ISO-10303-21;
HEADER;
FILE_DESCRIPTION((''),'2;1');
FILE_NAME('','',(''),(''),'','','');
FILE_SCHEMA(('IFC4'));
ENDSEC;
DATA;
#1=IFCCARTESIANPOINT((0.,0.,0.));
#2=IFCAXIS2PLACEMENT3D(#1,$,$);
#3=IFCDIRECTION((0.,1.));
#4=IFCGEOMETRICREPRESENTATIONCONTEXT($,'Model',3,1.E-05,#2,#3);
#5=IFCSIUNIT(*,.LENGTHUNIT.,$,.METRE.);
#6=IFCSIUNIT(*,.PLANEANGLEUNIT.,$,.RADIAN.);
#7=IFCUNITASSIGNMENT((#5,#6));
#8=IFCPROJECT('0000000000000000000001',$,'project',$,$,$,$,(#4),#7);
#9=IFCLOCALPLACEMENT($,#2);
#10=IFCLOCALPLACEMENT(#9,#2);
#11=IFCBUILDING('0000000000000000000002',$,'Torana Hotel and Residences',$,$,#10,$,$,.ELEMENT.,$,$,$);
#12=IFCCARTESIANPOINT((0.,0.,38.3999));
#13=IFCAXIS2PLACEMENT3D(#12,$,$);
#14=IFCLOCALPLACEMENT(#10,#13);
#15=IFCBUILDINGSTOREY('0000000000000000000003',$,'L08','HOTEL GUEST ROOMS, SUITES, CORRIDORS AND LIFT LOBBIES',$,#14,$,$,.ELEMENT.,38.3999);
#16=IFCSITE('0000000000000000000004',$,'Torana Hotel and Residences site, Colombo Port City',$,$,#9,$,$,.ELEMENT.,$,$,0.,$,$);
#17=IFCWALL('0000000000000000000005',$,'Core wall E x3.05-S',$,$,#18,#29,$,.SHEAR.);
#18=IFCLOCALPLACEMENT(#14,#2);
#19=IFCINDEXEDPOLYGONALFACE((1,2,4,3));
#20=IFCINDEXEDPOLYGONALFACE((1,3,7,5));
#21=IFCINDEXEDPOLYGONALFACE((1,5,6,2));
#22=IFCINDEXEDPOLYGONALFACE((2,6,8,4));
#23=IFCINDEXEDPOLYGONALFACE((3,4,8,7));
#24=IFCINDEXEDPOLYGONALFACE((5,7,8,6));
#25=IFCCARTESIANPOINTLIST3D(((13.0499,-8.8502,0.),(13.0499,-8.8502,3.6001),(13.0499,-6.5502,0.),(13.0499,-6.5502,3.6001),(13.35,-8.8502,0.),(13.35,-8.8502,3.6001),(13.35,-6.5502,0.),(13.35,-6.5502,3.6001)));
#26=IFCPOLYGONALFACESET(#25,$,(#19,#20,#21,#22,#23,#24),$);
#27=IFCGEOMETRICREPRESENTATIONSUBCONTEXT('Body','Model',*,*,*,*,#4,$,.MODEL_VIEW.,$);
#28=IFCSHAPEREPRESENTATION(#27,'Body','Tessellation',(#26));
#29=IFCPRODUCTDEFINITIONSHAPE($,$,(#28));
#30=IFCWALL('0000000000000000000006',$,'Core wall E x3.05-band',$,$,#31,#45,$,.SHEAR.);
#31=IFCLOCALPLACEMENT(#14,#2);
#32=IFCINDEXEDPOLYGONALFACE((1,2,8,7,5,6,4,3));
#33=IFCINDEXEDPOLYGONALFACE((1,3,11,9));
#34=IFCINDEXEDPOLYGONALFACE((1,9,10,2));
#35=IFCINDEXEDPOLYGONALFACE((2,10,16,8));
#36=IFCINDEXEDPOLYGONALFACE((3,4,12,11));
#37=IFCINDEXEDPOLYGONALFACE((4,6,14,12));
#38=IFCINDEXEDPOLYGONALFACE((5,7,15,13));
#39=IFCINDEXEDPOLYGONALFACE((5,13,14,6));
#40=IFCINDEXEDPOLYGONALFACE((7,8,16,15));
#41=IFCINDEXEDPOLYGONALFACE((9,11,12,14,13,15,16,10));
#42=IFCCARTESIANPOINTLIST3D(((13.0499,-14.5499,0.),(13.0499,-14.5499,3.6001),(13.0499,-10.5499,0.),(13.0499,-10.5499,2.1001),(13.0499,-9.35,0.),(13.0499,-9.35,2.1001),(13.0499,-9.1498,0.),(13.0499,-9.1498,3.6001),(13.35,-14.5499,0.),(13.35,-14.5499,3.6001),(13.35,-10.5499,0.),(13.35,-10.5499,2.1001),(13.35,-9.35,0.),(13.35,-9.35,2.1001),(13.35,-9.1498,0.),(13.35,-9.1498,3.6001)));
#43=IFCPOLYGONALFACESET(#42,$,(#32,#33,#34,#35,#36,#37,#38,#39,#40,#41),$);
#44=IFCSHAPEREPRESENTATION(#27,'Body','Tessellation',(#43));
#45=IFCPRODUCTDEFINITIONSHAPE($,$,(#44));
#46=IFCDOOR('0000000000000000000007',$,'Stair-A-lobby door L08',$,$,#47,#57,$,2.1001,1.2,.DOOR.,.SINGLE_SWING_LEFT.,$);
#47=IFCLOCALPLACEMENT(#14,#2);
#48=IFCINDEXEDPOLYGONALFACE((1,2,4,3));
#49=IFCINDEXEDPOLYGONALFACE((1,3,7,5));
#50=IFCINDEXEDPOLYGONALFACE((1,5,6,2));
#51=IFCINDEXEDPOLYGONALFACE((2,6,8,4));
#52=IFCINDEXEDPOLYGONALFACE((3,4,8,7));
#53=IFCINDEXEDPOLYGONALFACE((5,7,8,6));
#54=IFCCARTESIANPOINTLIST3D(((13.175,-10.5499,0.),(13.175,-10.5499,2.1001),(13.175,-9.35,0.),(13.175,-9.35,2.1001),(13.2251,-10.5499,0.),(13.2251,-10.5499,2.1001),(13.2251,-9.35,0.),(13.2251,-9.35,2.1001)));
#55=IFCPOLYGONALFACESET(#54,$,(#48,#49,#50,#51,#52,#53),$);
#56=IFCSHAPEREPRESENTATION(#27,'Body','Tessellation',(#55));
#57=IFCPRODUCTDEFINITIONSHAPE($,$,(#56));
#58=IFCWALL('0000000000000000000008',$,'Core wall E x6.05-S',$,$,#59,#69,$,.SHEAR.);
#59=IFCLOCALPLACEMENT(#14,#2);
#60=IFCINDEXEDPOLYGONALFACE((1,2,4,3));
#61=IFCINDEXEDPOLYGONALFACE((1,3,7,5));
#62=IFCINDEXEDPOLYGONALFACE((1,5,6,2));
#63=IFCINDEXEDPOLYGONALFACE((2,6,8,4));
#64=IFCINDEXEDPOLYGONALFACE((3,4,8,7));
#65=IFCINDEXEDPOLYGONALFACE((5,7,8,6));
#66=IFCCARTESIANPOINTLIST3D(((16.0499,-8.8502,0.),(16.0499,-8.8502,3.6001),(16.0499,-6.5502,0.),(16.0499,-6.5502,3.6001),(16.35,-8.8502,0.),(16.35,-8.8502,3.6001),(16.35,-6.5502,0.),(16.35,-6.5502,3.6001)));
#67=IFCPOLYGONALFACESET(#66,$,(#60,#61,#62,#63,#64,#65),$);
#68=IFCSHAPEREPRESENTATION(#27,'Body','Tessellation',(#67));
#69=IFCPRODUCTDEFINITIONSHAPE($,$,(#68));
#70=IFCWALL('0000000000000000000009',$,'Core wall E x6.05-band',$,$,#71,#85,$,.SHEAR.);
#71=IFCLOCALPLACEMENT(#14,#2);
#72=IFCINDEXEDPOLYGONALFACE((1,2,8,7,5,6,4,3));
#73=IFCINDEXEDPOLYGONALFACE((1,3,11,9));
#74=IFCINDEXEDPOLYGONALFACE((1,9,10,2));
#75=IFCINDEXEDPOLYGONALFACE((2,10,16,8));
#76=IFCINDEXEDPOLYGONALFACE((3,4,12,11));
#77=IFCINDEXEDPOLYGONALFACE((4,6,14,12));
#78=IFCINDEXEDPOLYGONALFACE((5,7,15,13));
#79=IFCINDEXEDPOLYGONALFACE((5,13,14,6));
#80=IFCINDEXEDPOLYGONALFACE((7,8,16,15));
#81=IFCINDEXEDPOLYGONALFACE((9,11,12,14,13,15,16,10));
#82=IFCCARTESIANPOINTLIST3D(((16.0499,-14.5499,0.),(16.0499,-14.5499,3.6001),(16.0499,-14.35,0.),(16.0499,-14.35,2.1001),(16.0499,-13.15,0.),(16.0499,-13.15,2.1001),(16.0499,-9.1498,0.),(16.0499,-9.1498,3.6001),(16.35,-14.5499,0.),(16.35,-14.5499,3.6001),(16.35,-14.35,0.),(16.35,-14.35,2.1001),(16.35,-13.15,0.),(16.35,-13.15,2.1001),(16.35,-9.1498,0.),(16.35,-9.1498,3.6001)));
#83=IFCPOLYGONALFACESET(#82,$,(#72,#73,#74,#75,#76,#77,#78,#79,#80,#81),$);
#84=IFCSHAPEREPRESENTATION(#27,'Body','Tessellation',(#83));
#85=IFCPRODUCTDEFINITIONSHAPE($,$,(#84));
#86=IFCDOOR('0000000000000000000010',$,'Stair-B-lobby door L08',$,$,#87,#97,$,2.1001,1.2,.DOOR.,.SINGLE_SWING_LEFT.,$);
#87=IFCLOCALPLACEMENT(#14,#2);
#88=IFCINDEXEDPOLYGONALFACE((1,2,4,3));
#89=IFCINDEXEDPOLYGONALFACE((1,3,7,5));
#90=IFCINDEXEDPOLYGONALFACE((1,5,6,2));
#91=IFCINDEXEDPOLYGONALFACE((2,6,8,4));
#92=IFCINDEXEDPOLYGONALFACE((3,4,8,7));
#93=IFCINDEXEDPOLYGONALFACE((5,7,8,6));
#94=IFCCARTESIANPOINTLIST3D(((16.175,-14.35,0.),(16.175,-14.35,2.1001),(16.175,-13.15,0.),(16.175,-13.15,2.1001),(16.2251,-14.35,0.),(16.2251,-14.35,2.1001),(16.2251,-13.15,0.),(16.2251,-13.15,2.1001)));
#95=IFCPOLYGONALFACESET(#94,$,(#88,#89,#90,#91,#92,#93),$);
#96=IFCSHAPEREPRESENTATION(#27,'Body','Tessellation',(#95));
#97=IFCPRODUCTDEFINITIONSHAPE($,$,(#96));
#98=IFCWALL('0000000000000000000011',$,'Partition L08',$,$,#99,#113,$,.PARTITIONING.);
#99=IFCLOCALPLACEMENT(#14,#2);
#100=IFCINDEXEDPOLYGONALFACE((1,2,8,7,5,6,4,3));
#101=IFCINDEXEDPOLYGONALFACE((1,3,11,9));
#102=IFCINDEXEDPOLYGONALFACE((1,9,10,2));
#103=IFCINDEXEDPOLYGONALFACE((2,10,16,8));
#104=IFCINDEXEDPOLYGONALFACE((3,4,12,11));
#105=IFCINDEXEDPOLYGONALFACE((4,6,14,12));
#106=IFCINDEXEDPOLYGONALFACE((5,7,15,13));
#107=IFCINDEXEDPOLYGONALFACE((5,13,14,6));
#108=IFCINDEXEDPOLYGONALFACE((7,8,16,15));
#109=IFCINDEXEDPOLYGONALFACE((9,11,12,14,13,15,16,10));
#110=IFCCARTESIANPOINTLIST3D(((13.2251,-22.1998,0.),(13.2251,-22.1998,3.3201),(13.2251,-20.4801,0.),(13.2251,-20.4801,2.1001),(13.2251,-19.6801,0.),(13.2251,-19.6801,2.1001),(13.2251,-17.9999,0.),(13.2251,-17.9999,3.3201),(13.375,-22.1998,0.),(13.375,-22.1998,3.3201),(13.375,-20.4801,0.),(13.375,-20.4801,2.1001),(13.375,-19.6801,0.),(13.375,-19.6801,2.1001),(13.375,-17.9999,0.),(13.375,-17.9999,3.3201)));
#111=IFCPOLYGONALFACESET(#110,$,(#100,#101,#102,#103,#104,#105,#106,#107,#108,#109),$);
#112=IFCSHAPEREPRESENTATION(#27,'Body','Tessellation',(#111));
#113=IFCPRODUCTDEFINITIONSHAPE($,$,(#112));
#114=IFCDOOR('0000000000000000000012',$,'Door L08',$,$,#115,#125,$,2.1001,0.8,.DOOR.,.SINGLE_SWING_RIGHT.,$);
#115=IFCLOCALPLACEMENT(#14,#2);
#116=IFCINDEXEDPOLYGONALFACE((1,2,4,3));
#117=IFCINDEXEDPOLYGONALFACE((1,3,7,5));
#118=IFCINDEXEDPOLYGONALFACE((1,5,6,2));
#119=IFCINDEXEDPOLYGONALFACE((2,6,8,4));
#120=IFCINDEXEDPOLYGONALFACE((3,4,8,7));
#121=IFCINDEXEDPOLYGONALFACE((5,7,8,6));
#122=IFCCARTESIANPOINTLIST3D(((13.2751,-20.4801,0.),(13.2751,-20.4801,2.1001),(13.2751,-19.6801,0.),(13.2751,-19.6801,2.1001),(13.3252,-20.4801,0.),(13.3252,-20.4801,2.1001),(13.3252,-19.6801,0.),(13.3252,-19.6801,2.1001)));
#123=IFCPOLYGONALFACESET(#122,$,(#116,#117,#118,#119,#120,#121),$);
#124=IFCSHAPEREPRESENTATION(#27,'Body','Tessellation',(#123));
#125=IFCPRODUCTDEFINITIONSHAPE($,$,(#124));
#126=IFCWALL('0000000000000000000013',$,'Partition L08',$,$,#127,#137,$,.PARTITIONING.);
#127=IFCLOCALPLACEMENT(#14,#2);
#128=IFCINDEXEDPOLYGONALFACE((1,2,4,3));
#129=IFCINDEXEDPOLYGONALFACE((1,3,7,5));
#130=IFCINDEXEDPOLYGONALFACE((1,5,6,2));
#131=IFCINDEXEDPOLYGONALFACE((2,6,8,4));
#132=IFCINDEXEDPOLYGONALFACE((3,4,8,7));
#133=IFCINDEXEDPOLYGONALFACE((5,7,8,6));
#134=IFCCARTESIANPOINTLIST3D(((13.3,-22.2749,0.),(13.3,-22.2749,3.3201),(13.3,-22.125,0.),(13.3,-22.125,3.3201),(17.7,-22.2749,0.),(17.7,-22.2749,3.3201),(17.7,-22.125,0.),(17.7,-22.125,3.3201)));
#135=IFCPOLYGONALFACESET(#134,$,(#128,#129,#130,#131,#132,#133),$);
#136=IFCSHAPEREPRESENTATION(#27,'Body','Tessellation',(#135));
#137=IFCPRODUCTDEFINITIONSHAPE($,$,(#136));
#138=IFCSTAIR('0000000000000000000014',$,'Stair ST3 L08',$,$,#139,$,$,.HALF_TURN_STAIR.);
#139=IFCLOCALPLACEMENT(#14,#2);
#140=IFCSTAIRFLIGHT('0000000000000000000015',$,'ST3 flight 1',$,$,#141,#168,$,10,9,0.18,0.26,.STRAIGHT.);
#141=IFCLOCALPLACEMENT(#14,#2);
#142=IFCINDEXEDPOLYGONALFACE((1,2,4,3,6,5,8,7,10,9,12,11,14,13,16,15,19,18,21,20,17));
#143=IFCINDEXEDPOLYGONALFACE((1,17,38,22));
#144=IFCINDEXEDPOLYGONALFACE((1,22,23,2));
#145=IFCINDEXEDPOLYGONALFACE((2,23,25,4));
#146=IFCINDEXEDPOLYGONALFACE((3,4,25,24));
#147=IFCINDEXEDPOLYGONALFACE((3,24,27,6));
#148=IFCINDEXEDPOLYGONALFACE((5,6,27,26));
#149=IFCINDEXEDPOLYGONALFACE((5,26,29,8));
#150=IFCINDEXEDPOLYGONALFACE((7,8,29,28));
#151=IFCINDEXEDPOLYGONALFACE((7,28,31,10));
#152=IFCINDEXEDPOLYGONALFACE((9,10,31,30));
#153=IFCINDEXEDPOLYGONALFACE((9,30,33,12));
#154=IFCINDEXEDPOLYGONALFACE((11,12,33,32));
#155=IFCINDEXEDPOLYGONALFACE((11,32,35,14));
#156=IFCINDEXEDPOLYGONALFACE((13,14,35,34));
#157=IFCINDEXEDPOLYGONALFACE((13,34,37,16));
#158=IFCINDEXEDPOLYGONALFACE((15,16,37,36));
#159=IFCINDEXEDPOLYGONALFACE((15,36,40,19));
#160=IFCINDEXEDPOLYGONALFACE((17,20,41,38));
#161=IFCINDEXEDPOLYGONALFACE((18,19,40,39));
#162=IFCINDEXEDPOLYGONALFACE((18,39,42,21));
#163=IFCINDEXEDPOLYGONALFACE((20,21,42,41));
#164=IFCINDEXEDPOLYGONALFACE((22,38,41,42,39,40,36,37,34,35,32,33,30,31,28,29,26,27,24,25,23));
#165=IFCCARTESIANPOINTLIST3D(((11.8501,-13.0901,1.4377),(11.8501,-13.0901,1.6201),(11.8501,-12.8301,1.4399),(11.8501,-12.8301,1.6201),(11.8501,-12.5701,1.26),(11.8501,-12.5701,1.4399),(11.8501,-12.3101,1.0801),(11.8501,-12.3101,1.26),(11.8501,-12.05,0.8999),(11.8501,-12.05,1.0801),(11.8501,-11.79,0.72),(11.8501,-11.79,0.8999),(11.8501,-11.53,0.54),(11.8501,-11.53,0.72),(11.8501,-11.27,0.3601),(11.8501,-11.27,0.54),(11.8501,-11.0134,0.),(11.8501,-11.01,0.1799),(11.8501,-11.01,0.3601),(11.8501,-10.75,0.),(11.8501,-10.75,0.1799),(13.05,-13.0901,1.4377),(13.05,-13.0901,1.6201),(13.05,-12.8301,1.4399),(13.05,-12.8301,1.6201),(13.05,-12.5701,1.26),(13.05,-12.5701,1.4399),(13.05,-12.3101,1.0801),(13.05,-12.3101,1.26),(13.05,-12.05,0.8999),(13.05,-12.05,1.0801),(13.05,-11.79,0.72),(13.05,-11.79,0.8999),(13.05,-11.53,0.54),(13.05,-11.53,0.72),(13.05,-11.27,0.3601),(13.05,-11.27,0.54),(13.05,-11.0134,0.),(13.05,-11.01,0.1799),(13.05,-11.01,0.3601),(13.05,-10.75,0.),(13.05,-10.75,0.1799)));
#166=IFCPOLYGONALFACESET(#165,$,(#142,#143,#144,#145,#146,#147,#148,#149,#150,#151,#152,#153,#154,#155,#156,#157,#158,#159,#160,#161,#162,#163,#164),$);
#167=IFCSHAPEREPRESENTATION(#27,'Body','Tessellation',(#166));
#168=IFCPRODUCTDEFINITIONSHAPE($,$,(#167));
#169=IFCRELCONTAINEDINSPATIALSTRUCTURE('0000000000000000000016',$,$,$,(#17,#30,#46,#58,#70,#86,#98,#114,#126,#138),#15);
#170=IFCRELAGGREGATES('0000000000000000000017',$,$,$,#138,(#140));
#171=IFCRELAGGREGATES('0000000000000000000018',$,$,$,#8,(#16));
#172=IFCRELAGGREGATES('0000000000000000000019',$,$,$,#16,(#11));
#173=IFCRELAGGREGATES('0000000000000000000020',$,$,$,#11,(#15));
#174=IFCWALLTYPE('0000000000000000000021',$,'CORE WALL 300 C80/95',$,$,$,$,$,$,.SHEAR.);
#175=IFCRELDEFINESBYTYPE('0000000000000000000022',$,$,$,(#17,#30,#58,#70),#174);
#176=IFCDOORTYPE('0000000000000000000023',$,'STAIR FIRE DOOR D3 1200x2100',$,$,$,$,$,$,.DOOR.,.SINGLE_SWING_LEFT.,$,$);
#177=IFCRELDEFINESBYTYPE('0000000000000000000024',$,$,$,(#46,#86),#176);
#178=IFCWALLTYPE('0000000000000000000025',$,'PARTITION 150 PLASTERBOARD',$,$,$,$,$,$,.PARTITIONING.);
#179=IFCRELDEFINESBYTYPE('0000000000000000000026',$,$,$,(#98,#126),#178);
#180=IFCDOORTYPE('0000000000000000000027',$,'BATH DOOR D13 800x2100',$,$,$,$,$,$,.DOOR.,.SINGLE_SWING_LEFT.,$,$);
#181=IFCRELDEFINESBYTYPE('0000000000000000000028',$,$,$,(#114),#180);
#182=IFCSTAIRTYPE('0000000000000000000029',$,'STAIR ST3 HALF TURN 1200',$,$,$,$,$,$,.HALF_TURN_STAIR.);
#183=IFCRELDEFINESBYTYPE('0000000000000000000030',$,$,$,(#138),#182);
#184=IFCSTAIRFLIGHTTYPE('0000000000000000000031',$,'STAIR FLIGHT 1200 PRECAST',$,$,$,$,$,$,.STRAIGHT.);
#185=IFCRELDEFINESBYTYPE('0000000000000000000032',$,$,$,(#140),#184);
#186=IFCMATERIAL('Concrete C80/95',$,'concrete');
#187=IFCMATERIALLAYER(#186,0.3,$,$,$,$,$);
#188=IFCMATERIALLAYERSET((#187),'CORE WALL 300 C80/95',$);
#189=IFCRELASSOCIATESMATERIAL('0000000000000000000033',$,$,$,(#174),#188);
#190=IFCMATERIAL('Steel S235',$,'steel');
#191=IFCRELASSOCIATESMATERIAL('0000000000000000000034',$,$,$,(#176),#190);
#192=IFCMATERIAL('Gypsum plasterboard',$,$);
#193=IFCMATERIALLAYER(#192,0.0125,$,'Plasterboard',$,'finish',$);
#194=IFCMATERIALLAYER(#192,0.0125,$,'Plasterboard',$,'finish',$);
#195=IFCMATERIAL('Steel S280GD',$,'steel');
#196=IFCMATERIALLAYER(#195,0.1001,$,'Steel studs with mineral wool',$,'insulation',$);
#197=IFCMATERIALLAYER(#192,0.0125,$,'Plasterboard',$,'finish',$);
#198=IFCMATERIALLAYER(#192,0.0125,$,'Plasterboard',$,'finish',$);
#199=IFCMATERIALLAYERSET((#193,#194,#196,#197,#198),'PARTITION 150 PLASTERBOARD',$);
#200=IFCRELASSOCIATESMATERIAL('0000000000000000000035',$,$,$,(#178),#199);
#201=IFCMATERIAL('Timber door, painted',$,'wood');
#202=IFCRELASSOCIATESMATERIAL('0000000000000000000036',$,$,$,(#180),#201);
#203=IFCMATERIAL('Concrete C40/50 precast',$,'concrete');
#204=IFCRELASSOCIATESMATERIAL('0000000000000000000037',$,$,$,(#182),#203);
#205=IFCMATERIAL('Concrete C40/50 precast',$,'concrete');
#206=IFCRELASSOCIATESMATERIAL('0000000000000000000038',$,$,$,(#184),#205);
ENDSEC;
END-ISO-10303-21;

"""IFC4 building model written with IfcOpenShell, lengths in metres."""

from ifc_helpers import new_model, si_unit, direction, frame, frame_2d, origin, place, context, subcontext, project, spatial, polyline, rectangle, outline, extrude, material, layer, layer_set, type_object, element, fill, aggregate, save


model = new_model("IFC4")

# Units and contexts
model_context = context("Model", 3, precision=1e-05, world=origin(), true_north=direction((0.0, 1.0)))
body_context = subcontext(model_context, "Body", "Model", "MODEL_VIEW")
ifc_project = project(units=[si_unit("LENGTHUNIT", "METRE"), si_unit("PLANEANGLEUNIT", "RADIAN")], contexts=[model_context])

# Site, building, storey
site_placement = place(None, origin())
site = spatial("IfcSite", under=ifc_project, at=site_placement, Name="Torana Hotel and Residences site, Colombo Port City", CompositionType="ELEMENT", RefElevation=0.0)
building_placement = place(site_placement, origin())
building = spatial("IfcBuilding", under=site, at=building_placement, Name="Torana Hotel and Residences", CompositionType="ELEMENT")
storey_placement = place(building_placement, frame((0.0, 0.0, 38.3999)))
storey = spatial("IfcBuildingStorey", under=building, at=storey_placement, Name="L08", Description="HOTEL GUEST ROOMS, SUITES, CORRIDORS AND LIFT LOBBIES", CompositionType="ELEMENT", Elevation=38.3999)

# Wall
ifc_material_1 = material(Name="Concrete C80/95", Category="concrete")
ifc_layer_1 = layer(ifc_material_1, 0.3)
ifc_layer_set_1 = layer_set([ifc_layer_1], Name="CORE WALL 300 C80/95")
wall_type_1 = type_object("IfcWallType", Name="CORE WALL 300 C80/95", PredefinedType="SHEAR", material=ifc_layer_set_1)
wall_1_placement = place(storey_placement, frame((13.2, -8.8501, 0.0), z_axis=(0.0, 0.0, 1.0), x_axis=(0.0, 1.0, 0.0)))
element("IfcWall", 1, at=wall_1_placement, inside=storey, type_object=wall_type_1, Name="Core wall E x3.05-S", PredefinedType="SHEAR", context=body_context, shape_type="SweptSolid", body=[
    extrude(rectangle(XDim=2.3, YDim=0.3, at=frame_2d((1.1499, 0.0))), origin(), (0.0, 0.0, 1.0), 3.6001),
])

# Wall, opening, door
wall_2_placement = place(storey_placement, frame((13.2, -14.55, 0.0), z_axis=(0.0, 0.0, 1.0), x_axis=(0.0, 1.0, 0.0)))
wall_2 = element("IfcWall", 2, at=wall_2_placement, inside=storey, type_object=wall_type_1, Name="Core wall E x3.05-band", PredefinedType="SHEAR", context=body_context, shape_type="SweptSolid", body=[
    extrude(rectangle(XDim=5.4001, YDim=0.3, at=frame_2d((2.7002, 0.0))), origin(), (0.0, 0.0, 1.0), 3.6001),
])
opening_1_placement = place(wall_2_placement, frame((4.0, 0.0, 0.0)))
opening_1 = element("IfcOpeningElement", 3, at=opening_1_placement, cuts=wall_2, PredefinedType="OPENING", context=body_context, shape_type="SweptSolid", body=[
    extrude(rectangle(XDim=1.2, YDim=2.1001, at=frame_2d((0.6001, 1.05))), frame((0.0, 0.1599, 0.0), z_axis=(0.0, -1.0, 0.0), x_axis=(1.0, 0.0, 0.0)), (0.0, 0.0, 1.0), 0.3201),
])
ifc_material_2 = material(Name="Steel S235", Category="steel")
door_type_1 = type_object("IfcDoorType", Name="STAIR FIRE DOOR D3 1200x2100", OperationType="SINGLE_SWING_LEFT", PredefinedType="DOOR", material=ifc_material_2)
door_1_placement = place(opening_1_placement, origin())
door_1 = element("IfcDoor", 4, at=door_1_placement, inside=storey, type_object=door_type_1, Name="Stair-A-lobby door L08", OperationType="SINGLE_SWING_LEFT", OverallHeight=2.1001, OverallWidth=1.2, PredefinedType="DOOR", context=body_context, shape_type="SweptSolid", body=[
    extrude(rectangle(XDim=1.2, YDim=2.1001, at=frame_2d((0.6001, 1.05))), frame((0.0, 0.0249, 0.0), z_axis=(0.0, -1.0, 0.0), x_axis=(1.0, 0.0, 0.0)), (0.0, 0.0, 1.0), 0.05),
])
fill(opening_1, door_1)

# Wall
wall_3_placement = place(storey_placement, frame((16.2, -8.8501, 0.0), z_axis=(0.0, 0.0, 1.0), x_axis=(0.0, 1.0, 0.0)))
element("IfcWall", 5, at=wall_3_placement, inside=storey, type_object=wall_type_1, Name="Core wall E x6.05-S", PredefinedType="SHEAR", context=body_context, shape_type="SweptSolid", body=[
    extrude(rectangle(XDim=2.3, YDim=0.3, at=frame_2d((1.1499, 0.0))), origin(), (0.0, 0.0, 1.0), 3.6001),
])

# Walls, openings, doors
wall_4_placement = place(storey_placement, frame((16.2, -14.55, 0.0), z_axis=(0.0, 0.0, 1.0), x_axis=(0.0, 1.0, 0.0)))
wall_4 = element("IfcWall", 6, at=wall_4_placement, inside=storey, type_object=wall_type_1, Name="Core wall E x6.05-band", PredefinedType="SHEAR", context=body_context, shape_type="SweptSolid", body=[
    extrude(rectangle(XDim=5.4001, YDim=0.3, at=frame_2d((2.7002, 0.0))), origin(), (0.0, 0.0, 1.0), 3.6001),
])
opening_2_placement = place(wall_4_placement, frame((0.2, 0.0, 0.0)))
opening_2 = element("IfcOpeningElement", 7, at=opening_2_placement, cuts=wall_4, PredefinedType="OPENING", context=body_context, shape_type="SweptSolid", body=[
    extrude(rectangle(XDim=1.2, YDim=2.1001, at=frame_2d((0.6001, 1.05))), frame((0.0, 0.1599, 0.0), z_axis=(0.0, -1.0, 0.0), x_axis=(1.0, 0.0, 0.0)), (0.0, 0.0, 1.0), 0.3201),
])
door_2_placement = place(opening_2_placement, frame((0.6001, 0.0, 0.0), z_axis=(0.0, 0.0, 1.0), x_axis=(-1.0, 0.0, 0.0)))
door_2 = element("IfcDoor", 8, at=door_2_placement, inside=storey, type_object=door_type_1, Name="Stair-B-lobby door L08", OperationType="SINGLE_SWING_LEFT", OverallHeight=2.1001, OverallWidth=1.2, PredefinedType="DOOR", context=body_context, shape_type="SweptSolid", body=[
    extrude(rectangle(XDim=1.2, YDim=2.1001, at=frame_2d((0.0, 1.05))), frame((0.0, -0.0249, 0.0), z_axis=(0.0, 1.0, 0.0), x_axis=(-1.0, 0.0, 0.0)), (0.0, 0.0, 1.0), 0.05),
])
fill(opening_2, door_2)
ifc_material_3 = material(Name="Gypsum plasterboard")
ifc_layer_2 = layer(ifc_material_3, 0.0125, Name="Plasterboard", Category="finish")
ifc_layer_3 = layer(ifc_material_3, 0.0125, Name="Plasterboard", Category="finish")
ifc_material_4 = material(Name="Steel S280GD", Category="steel")
ifc_layer_4 = layer(ifc_material_4, 0.1001, Name="Steel studs with mineral wool", Category="insulation")
ifc_layer_5 = layer(ifc_material_3, 0.0125, Name="Plasterboard", Category="finish")
ifc_layer_6 = layer(ifc_material_3, 0.0125, Name="Plasterboard", Category="finish")
ifc_layer_set_2 = layer_set([ifc_layer_2, ifc_layer_3, ifc_layer_4, ifc_layer_5, ifc_layer_6], Name="PARTITION 150 PLASTERBOARD")
wall_type_2 = type_object("IfcWallType", Name="PARTITION 150 PLASTERBOARD", PredefinedType="PARTITIONING", material=ifc_layer_set_2)
wall_5_placement = place(storey_placement, frame((13.3, -22.2, 0.0), z_axis=(0.0, 0.0, 1.0), x_axis=(0.0, 1.0, 0.0)))
wall_5 = element("IfcWall", 9, at=wall_5_placement, inside=storey, type_object=wall_type_2, Name="Partition L08", PredefinedType="PARTITIONING", context=body_context, shape_type="SweptSolid", body=[
    extrude(rectangle(XDim=4.2, YDim=0.1499, at=frame_2d((2.1001, 0.0))), origin(), (0.0, 0.0, 1.0), 3.3201),
])
opening_3_placement = place(wall_5_placement, frame((1.72, 0.0, 0.0)))
opening_3 = element("IfcOpeningElement", 10, at=opening_3_placement, cuts=wall_5, PredefinedType="OPENING", context=body_context, shape_type="SweptSolid", body=[
    extrude(rectangle(XDim=0.8, YDim=2.1001, at=frame_2d((0.3999, 1.05))), frame((0.0, 0.085, 0.0), z_axis=(0.0, -1.0, 0.0), x_axis=(1.0, 0.0, 0.0)), (0.0, 0.0, 1.0), 0.1699),
])
ifc_material_5 = material(Name="Timber door, painted", Category="wood")
door_type_2 = type_object("IfcDoorType", Name="BATH DOOR D13 800x2100", OperationType="SINGLE_SWING_LEFT", PredefinedType="DOOR", material=ifc_material_5)
door_3_placement = place(opening_3_placement, origin())
door_3 = element("IfcDoor", 11, at=door_3_placement, inside=storey, type_object=door_type_2, Name="Door L08", OperationType="SINGLE_SWING_RIGHT", OverallHeight=2.1001, OverallWidth=0.8, PredefinedType="DOOR", context=body_context, shape_type="SweptSolid", body=[
    extrude(rectangle(XDim=0.8, YDim=2.1001, at=frame_2d((0.3999, 1.05))), frame((0.0, 0.0249, 0.0), z_axis=(0.0, -1.0, 0.0), x_axis=(1.0, 0.0, 0.0)), (0.0, 0.0, 1.0), 0.05),
])
fill(opening_3, door_3)

# Wall
wall_6_placement = place(storey_placement, frame((13.3, -22.2, 0.0), z_axis=(0.0, 0.0, 1.0), x_axis=(1.0, 0.0, 0.0)))
element("IfcWall", 12, at=wall_6_placement, inside=storey, type_object=wall_type_2, Name="Partition L08", PredefinedType="PARTITIONING", context=body_context, shape_type="SweptSolid", body=[
    extrude(rectangle(XDim=4.3999, YDim=0.1499, at=frame_2d((2.2, 0.0))), origin(), (0.0, 0.0, 1.0), 3.3201),
])

# Stair, stair flight
ifc_material_6 = material(Name="Concrete C40/50 precast", Category="concrete")
stair_type = type_object("IfcStairType", Name="STAIR ST3 HALF TURN 1200", PredefinedType="HALF_TURN_STAIR", material=ifc_material_6)
stair_placement = place(storey_placement, origin())
stair = element("IfcStair", 13, at=stair_placement, inside=storey, type_object=stair_type, Name="Stair ST3 L08", PredefinedType="HALF_TURN_STAIR")
ifc_material_7 = material(Name="Concrete C40/50 precast", Category="concrete")
stair_flight_type = type_object("IfcStairFlightType", Name="STAIR FLIGHT 1200 PRECAST", PredefinedType="STRAIGHT", material=ifc_material_7)
stair_flight_placement = place(storey_placement, frame((12.45, -10.75, 0.0), z_axis=(0.0, 0.0, 1.0), x_axis=(0.0, -1.0, 0.0)))
stair_flight = element("IfcStairFlight", 14, at=stair_flight_placement, type_object=stair_flight_type, Name="ST3 flight 1", NumberOfRisers=10, NumberOfTreads=9, PredefinedType="STRAIGHT", RiserHeight=0.18, TreadLength=0.26, context=body_context, shape_type="SweptSolid", body=[
    extrude(outline(polyline([(0.0, 0.0), (0.0, 0.1799), (0.26, 0.1799), (0.26, 0.3601), (0.52, 0.3601), (0.52, 0.54), (0.78, 0.54), (0.78, 0.72), (1.04, 0.72), (1.04, 0.8999), (1.3, 0.8999), (1.3, 1.0801), (1.5601, 1.0801), (1.5601, 1.26), (1.8201, 1.26), (1.8201, 1.4399), (2.0801, 1.4399), (2.0801, 1.6201), (2.3401, 1.6201), (2.3401, 1.8), (2.3401, 1.4377), (0.2634, 0.0), (0.0, 0.0)])), frame((0.0, 0.6001, 0.0), z_axis=(0.0, -1.0, 0.0), x_axis=(1.0, 0.0, 0.0)), (0.0, 0.0, 1.0), 1.2),
])
aggregate(stair, [stair_flight])

save(model, "model.ifc")
